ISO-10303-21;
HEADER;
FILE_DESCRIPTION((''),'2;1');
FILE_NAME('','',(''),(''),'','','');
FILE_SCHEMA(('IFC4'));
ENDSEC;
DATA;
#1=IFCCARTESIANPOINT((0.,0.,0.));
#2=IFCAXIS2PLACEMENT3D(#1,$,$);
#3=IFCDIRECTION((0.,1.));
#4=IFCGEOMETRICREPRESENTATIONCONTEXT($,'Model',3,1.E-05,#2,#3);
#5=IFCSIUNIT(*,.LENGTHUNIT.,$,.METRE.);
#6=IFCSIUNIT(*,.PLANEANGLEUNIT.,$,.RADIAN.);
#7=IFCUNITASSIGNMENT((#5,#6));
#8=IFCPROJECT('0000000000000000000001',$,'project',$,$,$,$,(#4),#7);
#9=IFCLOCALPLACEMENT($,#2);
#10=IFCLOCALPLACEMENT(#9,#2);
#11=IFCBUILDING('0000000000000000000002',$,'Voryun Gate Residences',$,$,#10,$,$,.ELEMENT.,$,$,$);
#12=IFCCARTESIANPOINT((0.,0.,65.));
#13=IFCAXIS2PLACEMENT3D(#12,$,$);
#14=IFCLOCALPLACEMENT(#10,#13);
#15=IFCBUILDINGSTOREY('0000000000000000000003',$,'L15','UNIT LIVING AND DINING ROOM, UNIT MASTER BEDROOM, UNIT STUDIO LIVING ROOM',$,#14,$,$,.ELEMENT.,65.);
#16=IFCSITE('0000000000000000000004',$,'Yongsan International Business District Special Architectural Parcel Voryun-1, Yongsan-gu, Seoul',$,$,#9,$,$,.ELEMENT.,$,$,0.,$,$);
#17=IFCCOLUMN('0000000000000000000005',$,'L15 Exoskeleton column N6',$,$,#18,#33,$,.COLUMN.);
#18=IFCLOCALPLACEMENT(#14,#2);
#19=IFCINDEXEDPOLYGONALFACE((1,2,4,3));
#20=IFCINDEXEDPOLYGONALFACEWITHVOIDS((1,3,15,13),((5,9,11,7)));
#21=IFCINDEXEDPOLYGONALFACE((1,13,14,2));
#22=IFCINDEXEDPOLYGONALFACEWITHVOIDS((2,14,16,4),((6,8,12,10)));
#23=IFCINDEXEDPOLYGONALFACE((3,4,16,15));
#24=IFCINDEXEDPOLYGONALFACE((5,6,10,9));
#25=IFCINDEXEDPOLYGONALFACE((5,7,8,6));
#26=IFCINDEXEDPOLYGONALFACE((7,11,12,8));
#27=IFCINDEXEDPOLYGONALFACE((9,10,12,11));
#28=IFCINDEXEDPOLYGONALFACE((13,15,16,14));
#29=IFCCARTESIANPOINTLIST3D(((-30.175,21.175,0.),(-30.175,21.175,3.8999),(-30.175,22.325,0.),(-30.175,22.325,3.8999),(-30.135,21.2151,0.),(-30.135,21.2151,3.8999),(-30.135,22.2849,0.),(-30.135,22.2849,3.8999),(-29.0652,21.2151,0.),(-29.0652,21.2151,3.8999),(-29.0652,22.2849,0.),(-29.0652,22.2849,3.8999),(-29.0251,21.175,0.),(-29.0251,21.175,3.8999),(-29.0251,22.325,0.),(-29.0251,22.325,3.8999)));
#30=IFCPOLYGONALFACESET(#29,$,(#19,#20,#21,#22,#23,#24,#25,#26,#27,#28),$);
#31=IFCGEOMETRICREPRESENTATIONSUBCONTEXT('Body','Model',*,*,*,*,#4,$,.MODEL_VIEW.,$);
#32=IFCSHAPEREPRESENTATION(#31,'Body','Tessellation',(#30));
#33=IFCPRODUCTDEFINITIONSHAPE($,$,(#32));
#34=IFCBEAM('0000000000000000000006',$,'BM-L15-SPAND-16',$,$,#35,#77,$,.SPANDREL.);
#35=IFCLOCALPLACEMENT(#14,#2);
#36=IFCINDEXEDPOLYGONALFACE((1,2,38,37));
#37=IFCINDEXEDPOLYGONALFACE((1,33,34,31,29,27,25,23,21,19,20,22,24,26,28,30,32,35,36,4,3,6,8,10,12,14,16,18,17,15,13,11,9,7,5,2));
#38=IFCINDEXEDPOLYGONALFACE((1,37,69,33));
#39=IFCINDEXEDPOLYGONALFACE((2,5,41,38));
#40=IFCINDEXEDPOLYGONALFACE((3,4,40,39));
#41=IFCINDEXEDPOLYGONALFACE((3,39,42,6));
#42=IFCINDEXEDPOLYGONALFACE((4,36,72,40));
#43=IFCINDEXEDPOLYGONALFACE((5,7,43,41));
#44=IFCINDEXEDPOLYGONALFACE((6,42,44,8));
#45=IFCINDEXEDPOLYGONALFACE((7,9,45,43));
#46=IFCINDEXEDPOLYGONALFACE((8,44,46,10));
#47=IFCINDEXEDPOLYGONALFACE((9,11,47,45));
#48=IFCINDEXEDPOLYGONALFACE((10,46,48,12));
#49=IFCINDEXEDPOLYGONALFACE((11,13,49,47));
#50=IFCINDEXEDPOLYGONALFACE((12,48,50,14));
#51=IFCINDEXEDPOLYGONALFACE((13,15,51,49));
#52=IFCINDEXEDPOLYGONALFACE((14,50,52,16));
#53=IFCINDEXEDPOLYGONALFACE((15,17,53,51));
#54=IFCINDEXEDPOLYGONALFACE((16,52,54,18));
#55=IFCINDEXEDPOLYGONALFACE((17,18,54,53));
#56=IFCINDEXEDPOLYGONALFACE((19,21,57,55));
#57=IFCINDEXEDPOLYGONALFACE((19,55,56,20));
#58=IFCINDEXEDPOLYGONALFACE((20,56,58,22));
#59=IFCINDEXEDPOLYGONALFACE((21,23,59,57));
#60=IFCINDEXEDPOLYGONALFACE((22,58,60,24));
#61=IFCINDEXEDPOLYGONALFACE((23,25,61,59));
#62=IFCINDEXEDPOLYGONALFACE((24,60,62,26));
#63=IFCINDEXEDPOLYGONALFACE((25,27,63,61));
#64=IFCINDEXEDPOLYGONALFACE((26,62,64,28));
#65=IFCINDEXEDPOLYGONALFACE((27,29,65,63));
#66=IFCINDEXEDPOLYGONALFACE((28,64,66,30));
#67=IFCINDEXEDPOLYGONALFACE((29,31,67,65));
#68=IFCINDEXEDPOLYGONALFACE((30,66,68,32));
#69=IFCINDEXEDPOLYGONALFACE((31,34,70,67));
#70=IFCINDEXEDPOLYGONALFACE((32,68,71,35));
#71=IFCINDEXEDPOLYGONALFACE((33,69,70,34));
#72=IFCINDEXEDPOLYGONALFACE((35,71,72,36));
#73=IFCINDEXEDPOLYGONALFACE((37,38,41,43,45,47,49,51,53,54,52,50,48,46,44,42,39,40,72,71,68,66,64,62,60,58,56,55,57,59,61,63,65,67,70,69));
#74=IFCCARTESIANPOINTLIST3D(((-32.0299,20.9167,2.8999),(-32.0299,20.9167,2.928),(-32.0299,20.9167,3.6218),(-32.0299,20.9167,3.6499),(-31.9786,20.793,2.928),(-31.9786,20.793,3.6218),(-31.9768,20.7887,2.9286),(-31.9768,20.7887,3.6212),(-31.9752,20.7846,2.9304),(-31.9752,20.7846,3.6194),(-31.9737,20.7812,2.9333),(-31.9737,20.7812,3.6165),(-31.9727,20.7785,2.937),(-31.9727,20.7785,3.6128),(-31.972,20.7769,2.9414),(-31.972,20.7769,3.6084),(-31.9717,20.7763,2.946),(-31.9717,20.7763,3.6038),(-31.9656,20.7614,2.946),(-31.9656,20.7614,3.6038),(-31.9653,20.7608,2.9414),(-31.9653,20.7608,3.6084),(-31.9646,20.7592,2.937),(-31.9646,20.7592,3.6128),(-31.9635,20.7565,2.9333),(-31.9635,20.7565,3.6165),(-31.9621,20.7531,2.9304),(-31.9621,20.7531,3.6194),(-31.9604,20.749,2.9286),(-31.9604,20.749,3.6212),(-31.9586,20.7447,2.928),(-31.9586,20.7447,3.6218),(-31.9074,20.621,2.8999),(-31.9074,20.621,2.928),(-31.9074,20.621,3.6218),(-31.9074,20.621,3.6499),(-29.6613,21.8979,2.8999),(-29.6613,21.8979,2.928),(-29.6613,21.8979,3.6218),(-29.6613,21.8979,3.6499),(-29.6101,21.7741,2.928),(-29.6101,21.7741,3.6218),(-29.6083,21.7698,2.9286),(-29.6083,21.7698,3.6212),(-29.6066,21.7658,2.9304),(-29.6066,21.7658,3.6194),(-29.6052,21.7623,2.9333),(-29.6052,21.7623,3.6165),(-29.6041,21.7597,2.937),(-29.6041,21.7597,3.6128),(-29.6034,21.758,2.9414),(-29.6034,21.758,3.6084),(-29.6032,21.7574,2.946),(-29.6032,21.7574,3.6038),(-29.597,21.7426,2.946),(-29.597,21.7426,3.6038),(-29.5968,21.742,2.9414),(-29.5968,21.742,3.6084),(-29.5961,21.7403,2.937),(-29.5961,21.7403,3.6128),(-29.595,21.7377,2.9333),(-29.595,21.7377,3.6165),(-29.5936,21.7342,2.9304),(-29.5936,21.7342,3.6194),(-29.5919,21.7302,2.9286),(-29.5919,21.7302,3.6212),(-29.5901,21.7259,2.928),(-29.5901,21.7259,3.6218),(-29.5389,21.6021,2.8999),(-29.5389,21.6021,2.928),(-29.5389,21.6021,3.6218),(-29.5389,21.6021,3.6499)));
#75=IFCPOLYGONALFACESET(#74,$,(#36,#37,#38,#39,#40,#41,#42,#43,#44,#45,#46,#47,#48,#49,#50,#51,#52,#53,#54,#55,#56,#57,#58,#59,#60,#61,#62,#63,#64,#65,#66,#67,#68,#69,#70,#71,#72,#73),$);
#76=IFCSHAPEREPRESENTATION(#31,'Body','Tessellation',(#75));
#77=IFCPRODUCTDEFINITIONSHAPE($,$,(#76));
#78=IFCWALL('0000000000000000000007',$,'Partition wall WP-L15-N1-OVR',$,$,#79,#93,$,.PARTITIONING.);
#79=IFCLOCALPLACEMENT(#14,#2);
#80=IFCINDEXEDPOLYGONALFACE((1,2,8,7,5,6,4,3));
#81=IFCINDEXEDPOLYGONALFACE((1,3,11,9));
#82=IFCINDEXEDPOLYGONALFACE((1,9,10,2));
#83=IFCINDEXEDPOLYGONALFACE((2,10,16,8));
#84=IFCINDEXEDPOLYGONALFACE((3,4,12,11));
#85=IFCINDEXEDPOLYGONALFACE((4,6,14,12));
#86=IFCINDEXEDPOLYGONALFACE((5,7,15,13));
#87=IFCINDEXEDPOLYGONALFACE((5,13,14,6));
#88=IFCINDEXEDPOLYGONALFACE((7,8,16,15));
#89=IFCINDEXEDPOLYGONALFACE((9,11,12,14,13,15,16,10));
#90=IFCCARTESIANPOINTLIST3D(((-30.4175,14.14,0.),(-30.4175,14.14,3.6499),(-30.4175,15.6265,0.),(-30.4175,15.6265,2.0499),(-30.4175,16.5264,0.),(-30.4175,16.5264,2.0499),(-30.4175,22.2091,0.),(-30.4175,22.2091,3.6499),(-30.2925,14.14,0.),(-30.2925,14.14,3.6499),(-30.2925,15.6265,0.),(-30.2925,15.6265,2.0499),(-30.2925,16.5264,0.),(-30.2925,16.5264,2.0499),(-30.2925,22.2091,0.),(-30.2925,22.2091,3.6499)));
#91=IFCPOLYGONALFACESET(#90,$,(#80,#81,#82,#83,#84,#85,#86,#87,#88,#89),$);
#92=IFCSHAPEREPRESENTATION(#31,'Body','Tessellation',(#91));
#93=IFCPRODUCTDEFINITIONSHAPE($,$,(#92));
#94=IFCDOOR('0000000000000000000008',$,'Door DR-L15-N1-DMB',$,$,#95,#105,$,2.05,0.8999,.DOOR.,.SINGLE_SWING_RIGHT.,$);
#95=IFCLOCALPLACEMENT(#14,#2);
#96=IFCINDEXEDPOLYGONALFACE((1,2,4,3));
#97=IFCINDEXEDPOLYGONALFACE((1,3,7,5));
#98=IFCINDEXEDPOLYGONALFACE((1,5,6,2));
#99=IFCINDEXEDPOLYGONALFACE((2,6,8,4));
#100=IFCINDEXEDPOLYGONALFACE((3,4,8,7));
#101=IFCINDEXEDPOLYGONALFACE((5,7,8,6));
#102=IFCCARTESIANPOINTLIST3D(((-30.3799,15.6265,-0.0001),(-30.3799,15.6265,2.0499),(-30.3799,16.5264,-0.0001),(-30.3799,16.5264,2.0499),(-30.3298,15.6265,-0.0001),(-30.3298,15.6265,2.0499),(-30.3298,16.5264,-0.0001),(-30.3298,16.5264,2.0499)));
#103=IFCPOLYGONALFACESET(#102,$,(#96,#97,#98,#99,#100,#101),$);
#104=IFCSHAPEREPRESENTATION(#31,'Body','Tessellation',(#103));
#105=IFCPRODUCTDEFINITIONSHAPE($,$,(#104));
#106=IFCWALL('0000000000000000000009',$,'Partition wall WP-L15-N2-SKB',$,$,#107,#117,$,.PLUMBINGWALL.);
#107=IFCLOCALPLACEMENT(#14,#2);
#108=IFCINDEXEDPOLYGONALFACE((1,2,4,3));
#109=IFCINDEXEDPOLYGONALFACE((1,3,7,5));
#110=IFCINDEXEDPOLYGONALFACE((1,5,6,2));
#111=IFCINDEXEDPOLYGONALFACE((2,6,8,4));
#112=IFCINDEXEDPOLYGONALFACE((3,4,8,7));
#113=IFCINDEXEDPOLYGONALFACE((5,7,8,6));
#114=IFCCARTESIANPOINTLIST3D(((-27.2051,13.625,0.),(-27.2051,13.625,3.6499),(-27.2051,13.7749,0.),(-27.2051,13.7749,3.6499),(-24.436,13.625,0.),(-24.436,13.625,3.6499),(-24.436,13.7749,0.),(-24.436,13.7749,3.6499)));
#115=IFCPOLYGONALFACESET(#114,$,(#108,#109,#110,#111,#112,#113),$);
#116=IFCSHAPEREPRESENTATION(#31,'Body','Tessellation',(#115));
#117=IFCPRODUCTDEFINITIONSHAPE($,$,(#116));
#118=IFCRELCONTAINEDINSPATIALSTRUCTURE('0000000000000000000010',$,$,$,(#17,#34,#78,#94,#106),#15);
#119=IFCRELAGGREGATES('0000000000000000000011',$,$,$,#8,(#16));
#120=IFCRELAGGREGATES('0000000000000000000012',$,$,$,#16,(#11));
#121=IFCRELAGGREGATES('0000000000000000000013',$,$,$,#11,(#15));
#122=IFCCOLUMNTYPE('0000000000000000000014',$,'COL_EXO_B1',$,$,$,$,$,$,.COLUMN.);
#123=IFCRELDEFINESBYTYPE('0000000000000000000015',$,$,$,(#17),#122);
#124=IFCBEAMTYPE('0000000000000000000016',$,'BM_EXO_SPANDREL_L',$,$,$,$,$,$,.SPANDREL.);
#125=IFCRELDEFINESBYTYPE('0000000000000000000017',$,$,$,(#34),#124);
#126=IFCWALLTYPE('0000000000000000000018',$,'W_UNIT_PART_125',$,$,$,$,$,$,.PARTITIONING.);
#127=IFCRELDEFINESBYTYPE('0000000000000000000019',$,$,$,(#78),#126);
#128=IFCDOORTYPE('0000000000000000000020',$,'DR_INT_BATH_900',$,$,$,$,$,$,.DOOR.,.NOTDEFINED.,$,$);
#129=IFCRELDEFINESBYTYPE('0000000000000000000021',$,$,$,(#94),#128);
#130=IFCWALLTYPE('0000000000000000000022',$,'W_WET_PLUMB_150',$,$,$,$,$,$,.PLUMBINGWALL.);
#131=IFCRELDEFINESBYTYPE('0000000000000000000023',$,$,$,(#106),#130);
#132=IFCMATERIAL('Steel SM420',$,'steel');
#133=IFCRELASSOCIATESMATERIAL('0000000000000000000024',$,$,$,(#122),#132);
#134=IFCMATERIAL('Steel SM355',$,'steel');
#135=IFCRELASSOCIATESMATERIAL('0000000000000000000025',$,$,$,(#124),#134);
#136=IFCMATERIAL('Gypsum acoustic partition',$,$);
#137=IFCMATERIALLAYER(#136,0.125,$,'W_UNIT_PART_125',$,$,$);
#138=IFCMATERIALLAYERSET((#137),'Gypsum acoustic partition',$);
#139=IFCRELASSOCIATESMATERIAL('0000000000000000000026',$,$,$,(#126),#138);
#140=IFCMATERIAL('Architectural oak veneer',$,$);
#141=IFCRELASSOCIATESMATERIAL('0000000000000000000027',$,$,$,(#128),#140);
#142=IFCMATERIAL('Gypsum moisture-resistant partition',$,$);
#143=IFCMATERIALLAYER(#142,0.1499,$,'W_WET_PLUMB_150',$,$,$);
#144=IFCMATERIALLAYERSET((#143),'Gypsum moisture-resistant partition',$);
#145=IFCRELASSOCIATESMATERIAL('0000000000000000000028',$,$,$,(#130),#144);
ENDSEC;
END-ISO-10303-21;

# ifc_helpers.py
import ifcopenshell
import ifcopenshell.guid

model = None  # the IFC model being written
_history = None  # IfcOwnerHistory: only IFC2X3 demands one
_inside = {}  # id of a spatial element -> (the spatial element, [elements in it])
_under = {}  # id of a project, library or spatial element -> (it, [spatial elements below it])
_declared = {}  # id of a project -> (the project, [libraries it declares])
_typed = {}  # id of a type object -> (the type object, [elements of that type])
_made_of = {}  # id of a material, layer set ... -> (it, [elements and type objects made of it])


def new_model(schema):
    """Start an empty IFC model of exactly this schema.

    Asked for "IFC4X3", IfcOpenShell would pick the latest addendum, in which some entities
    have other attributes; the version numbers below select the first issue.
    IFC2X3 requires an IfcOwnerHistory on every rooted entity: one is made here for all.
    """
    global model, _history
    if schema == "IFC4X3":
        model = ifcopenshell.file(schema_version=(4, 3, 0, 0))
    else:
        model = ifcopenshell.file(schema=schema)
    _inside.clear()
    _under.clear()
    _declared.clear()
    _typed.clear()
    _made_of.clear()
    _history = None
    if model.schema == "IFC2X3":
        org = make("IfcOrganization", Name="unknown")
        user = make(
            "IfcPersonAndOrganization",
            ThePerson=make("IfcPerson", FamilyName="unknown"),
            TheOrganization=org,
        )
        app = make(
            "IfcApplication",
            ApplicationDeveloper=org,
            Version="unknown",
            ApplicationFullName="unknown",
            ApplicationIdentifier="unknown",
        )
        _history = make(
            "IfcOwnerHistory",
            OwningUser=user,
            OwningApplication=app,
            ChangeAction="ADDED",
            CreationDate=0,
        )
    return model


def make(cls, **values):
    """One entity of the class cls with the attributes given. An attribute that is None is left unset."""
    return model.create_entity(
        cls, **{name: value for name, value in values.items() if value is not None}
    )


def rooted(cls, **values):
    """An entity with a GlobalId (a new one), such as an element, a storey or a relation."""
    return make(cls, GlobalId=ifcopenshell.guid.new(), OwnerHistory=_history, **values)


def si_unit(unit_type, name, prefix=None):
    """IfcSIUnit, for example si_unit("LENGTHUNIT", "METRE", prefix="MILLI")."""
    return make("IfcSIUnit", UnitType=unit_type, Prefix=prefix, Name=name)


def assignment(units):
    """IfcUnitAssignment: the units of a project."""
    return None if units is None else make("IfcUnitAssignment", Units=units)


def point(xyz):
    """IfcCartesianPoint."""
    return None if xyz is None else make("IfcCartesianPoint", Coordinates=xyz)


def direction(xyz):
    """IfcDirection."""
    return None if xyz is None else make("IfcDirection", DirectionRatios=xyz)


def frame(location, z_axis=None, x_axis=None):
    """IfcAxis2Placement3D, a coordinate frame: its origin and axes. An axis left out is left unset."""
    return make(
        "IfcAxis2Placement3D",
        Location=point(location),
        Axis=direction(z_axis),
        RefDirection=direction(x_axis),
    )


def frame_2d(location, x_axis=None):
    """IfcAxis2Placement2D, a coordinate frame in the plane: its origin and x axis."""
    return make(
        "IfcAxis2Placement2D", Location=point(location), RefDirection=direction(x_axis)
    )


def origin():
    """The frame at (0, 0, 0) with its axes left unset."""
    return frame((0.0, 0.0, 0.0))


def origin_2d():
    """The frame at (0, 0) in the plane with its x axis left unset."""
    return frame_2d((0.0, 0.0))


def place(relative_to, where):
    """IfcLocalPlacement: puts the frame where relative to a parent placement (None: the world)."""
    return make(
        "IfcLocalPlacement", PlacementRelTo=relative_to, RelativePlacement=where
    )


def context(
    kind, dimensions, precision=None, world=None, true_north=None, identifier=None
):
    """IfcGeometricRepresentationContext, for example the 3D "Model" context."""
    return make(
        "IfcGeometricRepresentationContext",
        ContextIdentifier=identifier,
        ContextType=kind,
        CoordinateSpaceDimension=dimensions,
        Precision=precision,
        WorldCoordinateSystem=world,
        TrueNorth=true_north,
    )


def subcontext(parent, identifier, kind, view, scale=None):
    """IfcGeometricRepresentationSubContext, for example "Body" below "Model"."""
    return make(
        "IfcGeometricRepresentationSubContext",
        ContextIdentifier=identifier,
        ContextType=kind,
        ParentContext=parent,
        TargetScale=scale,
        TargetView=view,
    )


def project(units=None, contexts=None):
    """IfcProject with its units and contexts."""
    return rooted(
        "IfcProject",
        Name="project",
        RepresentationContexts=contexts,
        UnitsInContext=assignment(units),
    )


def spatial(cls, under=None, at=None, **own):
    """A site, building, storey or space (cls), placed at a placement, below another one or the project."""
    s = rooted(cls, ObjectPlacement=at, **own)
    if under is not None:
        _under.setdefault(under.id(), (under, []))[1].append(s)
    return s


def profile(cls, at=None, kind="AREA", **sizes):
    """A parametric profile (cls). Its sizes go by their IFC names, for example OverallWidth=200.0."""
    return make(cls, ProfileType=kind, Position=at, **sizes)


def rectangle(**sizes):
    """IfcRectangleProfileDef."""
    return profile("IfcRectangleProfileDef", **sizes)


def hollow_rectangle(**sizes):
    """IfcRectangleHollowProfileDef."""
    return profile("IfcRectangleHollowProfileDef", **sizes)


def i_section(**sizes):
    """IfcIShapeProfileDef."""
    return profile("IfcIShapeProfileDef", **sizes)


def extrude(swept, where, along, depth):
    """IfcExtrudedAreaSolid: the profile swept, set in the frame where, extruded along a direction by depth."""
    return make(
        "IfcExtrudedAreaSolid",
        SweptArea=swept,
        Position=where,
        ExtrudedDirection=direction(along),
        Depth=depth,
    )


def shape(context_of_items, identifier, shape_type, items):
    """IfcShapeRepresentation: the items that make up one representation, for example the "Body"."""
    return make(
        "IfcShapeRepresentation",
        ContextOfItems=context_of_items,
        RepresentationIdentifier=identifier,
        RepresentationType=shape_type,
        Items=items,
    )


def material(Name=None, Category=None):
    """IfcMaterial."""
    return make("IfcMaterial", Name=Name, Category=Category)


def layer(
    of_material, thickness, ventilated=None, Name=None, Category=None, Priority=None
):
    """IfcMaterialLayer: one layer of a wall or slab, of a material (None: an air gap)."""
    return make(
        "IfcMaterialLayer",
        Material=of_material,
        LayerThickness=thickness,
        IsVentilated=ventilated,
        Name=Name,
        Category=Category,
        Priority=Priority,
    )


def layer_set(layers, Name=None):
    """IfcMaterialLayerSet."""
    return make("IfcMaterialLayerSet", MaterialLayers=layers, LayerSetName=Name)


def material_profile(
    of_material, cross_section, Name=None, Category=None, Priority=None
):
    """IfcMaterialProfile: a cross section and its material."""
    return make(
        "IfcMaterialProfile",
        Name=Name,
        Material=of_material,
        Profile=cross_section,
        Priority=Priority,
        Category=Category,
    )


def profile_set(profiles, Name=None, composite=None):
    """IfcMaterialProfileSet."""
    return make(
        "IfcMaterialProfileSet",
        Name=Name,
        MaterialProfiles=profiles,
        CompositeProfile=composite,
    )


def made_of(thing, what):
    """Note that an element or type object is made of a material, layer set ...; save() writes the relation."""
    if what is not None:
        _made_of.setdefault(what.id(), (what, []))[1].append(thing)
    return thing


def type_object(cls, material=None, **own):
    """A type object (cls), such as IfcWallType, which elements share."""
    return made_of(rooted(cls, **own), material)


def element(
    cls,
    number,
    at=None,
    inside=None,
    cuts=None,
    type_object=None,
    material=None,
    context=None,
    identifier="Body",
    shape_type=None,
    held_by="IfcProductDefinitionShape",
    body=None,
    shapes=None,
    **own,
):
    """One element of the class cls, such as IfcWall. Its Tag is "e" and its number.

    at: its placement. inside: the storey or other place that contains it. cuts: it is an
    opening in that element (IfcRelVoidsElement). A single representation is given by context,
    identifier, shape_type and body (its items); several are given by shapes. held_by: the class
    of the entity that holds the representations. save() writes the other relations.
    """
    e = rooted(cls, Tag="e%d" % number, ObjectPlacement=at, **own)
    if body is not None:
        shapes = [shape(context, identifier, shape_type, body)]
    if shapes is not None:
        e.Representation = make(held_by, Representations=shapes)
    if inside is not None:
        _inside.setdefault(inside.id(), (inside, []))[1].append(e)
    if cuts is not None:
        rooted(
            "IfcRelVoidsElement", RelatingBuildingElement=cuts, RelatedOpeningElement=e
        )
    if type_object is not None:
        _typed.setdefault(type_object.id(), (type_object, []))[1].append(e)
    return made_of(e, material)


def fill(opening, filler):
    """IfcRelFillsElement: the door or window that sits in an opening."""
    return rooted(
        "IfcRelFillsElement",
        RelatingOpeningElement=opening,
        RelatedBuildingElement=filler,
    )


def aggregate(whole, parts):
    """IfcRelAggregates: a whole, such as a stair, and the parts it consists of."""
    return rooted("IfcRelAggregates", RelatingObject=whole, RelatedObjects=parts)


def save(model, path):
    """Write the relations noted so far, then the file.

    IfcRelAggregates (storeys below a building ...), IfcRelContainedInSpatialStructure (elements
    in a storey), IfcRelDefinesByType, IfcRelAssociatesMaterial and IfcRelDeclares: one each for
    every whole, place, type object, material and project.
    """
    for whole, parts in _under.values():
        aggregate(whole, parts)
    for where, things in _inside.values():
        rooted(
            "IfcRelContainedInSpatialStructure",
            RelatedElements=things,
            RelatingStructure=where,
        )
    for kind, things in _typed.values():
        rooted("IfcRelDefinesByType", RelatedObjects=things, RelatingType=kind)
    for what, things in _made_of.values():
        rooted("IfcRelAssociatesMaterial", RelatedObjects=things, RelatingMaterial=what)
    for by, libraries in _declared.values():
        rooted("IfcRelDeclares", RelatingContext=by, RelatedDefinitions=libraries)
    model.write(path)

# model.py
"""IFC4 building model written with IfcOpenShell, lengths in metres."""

from ifc_helpers import new_model, si_unit, direction, frame, frame_2d, origin, origin_2d, place, context, subcontext, project, spatial, rectangle, hollow_rectangle, i_section, extrude, material, layer, layer_set, material_profile, profile_set, type_object, element, fill, save


model = new_model("IFC4")

# Units and contexts
model_context = context("Model", 3, precision=1e-05, world=origin(), true_north=direction((0.0, 1.0)))
body_context = subcontext(model_context, "Body", "Model", "MODEL_VIEW")
ifc_project = project(units=[si_unit("LENGTHUNIT", "METRE"), si_unit("PLANEANGLEUNIT", "RADIAN")], contexts=[model_context])

# Site, building, storey
site_placement = place(None, origin())
site = spatial("IfcSite", under=ifc_project, at=site_placement, Name="Yongsan International Business District Special Architectural Parcel Voryun-1, Yongsan-gu, Seoul", CompositionType="ELEMENT", RefElevation=0.0)
building_placement = place(site_placement, origin())
building = spatial("IfcBuilding", under=site, at=building_placement, Name="Voryun Gate Residences", CompositionType="ELEMENT")
storey_placement = place(building_placement, frame((0.0, 0.0, 65.0)))
storey = spatial("IfcBuildingStorey", under=building, at=storey_placement, Name="L15", Description="UNIT LIVING AND DINING ROOM, UNIT MASTER BEDROOM, UNIT STUDIO LIVING ROOM", CompositionType="ELEMENT", Elevation=65.0)

# Column
ifc_material_1 = material(Name="Steel SM420", Category="steel")
ifc_material_profile_1 = material_profile(ifc_material_1, hollow_rectangle(XDim=1.1499, YDim=1.1499, WallThickness=0.04, at=origin_2d()), Name="BOX-1150x1150x40")
ifc_profile_set_1 = profile_set([ifc_material_profile_1], Name="Steel SM420")
column_type = type_object("IfcColumnType", Name="COL_EXO_B1", PredefinedType="COLUMN", material=ifc_profile_set_1)
column_placement = place(storey_placement, frame((-29.6001, 21.75, 0.0), z_axis=(0.0, 0.0, 1.0), x_axis=(1.0, 0.0, 0.0)))
element("IfcColumn", 1, at=column_placement, inside=storey, type_object=column_type, Name="L15 Exoskeleton column N6", PredefinedType="COLUMN", context=body_context, shape_type="SweptSolid", body=[
    extrude(hollow_rectangle(XDim=1.1499, YDim=1.1499, WallThickness=0.04, at=origin_2d()), origin(), (0.0, 0.0, 1.0), 3.8999),
])

# Beam
ifc_material_2 = material(Name="Steel SM355", Category="steel")
ifc_material_profile_2 = material_profile(ifc_material_2, i_section(OverallWidth=0.3201, OverallDepth=0.75, WebThickness=0.0161, FlangeThickness=0.0281, FilletRadius=0.0181, at=origin_2d()), Name="H-750x320x16x28")
ifc_profile_set_2 = profile_set([ifc_material_profile_2], Name="Steel SM355")
beam_type = type_object("IfcBeamType", Name="BM_EXO_SPANDREL_L", PredefinedType="SPANDREL", material=ifc_profile_set_2)
beam_placement = place(storey_placement, frame((-29.6001, 21.75, 3.2749), z_axis=(-0.923869, -0.382708, 0.0), x_axis=(0.382708, -0.923869, 0.0)))
element("IfcBeam", 2, at=beam_placement, inside=storey, type_object=beam_type, Name="BM-L15-SPAND-16", PredefinedType="SPANDREL", context=body_context, shape_type="SweptSolid", body=[
    extrude(i_section(OverallWidth=0.3201, OverallDepth=0.75, WebThickness=0.0161, FlangeThickness=0.0281, FilletRadius=0.0181, at=origin_2d()), origin(), (0.0, 0.0, 1.0), 2.5637),
])

# Wall, opening, door
ifc_material_3 = material(Name="Gypsum acoustic partition")
ifc_layer_1 = layer(ifc_material_3, 0.125, Name="W_UNIT_PART_125")
ifc_layer_set_1 = layer_set([ifc_layer_1], Name="Gypsum acoustic partition")
wall_type_1 = type_object("IfcWallType", Name="W_UNIT_PART_125", PredefinedType="PARTITIONING", material=ifc_layer_set_1)
wall_1_placement = place(storey_placement, frame((-30.355, 14.1399, 0.0), z_axis=(0.0, 0.0, 1.0), x_axis=(0.0, 1.0, 0.0)))
wall_1 = element("IfcWall", 3, at=wall_1_placement, inside=storey, type_object=wall_type_1, Name="Partition wall WP-L15-N1-OVR", PredefinedType="PARTITIONING", context=body_context, shape_type="SweptSolid", body=[
    extrude(rectangle(XDim=8.0691, YDim=0.125, at=frame_2d((4.0347, 0.0))), origin(), (0.0, 0.0, 1.0), 3.6499),
])
opening_1_placement = place(wall_1_placement, frame((1.4866, 0.0, 0.0)))
opening_1 = element("IfcOpeningElement", 4, at=opening_1_placement, cuts=wall_1, PredefinedType="OPENING", context=body_context, shape_type="SweptSolid", body=[
    extrude(rectangle(XDim=0.8999, YDim=2.05, at=frame_2d((0.45, 1.0249))), frame((0.0, 0.0725, 0.0), z_axis=(0.0, -1.0, 0.0), x_axis=(1.0, 0.0, 0.0)), (0.0, 0.0, 1.0), 0.145),
])
ifc_material_4 = material(Name="Architectural oak veneer")
door_type = type_object("IfcDoorType", Name="DR_INT_BATH_900", OperationType="NOTDEFINED", PredefinedType="DOOR", material=ifc_material_4)
door_placement = place(opening_1_placement, origin())
door = element("IfcDoor", 5, at=door_placement, inside=storey, type_object=door_type, Name="Door DR-L15-N1-DMB", OperationType="SINGLE_SWING_RIGHT", OverallHeight=2.05, OverallWidth=0.8999, PredefinedType="DOOR", context=body_context, shape_type="SweptSolid", body=[
    extrude(rectangle(XDim=0.8999, YDim=2.05, at=frame_2d((0.45, 1.0249))), frame((0.0, 0.0249, 0.0), z_axis=(0.0, -1.0, 0.0), x_axis=(1.0, 0.0, 0.0)), (0.0, 0.0, 1.0), 0.05),
])
fill(opening_1, door)

# Wall
ifc_material_5 = material(Name="Gypsum moisture-resistant partition")
ifc_layer_2 = layer(ifc_material_5, 0.1499, Name="W_WET_PLUMB_150")
ifc_layer_set_2 = layer_set([ifc_layer_2], Name="Gypsum moisture-resistant partition")
wall_type_2 = type_object("IfcWallType", Name="W_WET_PLUMB_150", PredefinedType="PLUMBINGWALL", material=ifc_layer_set_2)
wall_2_placement = place(storey_placement, frame((-27.2051, 13.7, 0.0), z_axis=(0.0, 0.0, 1.0), x_axis=(1.0, 0.0, 0.0)))
element("IfcWall", 6, at=wall_2_placement, inside=storey, type_object=wall_type_2, Name="Partition wall WP-L15-N2-SKB", PredefinedType="PLUMBINGWALL", context=body_context, shape_type="SweptSolid", body=[
    extrude(rectangle(XDim=2.769, YDim=0.1499, at=frame_2d((1.3845, 0.0))), origin(), (0.0, 0.0, 1.0), 3.6499),
])

save(model, "model.ifc")
